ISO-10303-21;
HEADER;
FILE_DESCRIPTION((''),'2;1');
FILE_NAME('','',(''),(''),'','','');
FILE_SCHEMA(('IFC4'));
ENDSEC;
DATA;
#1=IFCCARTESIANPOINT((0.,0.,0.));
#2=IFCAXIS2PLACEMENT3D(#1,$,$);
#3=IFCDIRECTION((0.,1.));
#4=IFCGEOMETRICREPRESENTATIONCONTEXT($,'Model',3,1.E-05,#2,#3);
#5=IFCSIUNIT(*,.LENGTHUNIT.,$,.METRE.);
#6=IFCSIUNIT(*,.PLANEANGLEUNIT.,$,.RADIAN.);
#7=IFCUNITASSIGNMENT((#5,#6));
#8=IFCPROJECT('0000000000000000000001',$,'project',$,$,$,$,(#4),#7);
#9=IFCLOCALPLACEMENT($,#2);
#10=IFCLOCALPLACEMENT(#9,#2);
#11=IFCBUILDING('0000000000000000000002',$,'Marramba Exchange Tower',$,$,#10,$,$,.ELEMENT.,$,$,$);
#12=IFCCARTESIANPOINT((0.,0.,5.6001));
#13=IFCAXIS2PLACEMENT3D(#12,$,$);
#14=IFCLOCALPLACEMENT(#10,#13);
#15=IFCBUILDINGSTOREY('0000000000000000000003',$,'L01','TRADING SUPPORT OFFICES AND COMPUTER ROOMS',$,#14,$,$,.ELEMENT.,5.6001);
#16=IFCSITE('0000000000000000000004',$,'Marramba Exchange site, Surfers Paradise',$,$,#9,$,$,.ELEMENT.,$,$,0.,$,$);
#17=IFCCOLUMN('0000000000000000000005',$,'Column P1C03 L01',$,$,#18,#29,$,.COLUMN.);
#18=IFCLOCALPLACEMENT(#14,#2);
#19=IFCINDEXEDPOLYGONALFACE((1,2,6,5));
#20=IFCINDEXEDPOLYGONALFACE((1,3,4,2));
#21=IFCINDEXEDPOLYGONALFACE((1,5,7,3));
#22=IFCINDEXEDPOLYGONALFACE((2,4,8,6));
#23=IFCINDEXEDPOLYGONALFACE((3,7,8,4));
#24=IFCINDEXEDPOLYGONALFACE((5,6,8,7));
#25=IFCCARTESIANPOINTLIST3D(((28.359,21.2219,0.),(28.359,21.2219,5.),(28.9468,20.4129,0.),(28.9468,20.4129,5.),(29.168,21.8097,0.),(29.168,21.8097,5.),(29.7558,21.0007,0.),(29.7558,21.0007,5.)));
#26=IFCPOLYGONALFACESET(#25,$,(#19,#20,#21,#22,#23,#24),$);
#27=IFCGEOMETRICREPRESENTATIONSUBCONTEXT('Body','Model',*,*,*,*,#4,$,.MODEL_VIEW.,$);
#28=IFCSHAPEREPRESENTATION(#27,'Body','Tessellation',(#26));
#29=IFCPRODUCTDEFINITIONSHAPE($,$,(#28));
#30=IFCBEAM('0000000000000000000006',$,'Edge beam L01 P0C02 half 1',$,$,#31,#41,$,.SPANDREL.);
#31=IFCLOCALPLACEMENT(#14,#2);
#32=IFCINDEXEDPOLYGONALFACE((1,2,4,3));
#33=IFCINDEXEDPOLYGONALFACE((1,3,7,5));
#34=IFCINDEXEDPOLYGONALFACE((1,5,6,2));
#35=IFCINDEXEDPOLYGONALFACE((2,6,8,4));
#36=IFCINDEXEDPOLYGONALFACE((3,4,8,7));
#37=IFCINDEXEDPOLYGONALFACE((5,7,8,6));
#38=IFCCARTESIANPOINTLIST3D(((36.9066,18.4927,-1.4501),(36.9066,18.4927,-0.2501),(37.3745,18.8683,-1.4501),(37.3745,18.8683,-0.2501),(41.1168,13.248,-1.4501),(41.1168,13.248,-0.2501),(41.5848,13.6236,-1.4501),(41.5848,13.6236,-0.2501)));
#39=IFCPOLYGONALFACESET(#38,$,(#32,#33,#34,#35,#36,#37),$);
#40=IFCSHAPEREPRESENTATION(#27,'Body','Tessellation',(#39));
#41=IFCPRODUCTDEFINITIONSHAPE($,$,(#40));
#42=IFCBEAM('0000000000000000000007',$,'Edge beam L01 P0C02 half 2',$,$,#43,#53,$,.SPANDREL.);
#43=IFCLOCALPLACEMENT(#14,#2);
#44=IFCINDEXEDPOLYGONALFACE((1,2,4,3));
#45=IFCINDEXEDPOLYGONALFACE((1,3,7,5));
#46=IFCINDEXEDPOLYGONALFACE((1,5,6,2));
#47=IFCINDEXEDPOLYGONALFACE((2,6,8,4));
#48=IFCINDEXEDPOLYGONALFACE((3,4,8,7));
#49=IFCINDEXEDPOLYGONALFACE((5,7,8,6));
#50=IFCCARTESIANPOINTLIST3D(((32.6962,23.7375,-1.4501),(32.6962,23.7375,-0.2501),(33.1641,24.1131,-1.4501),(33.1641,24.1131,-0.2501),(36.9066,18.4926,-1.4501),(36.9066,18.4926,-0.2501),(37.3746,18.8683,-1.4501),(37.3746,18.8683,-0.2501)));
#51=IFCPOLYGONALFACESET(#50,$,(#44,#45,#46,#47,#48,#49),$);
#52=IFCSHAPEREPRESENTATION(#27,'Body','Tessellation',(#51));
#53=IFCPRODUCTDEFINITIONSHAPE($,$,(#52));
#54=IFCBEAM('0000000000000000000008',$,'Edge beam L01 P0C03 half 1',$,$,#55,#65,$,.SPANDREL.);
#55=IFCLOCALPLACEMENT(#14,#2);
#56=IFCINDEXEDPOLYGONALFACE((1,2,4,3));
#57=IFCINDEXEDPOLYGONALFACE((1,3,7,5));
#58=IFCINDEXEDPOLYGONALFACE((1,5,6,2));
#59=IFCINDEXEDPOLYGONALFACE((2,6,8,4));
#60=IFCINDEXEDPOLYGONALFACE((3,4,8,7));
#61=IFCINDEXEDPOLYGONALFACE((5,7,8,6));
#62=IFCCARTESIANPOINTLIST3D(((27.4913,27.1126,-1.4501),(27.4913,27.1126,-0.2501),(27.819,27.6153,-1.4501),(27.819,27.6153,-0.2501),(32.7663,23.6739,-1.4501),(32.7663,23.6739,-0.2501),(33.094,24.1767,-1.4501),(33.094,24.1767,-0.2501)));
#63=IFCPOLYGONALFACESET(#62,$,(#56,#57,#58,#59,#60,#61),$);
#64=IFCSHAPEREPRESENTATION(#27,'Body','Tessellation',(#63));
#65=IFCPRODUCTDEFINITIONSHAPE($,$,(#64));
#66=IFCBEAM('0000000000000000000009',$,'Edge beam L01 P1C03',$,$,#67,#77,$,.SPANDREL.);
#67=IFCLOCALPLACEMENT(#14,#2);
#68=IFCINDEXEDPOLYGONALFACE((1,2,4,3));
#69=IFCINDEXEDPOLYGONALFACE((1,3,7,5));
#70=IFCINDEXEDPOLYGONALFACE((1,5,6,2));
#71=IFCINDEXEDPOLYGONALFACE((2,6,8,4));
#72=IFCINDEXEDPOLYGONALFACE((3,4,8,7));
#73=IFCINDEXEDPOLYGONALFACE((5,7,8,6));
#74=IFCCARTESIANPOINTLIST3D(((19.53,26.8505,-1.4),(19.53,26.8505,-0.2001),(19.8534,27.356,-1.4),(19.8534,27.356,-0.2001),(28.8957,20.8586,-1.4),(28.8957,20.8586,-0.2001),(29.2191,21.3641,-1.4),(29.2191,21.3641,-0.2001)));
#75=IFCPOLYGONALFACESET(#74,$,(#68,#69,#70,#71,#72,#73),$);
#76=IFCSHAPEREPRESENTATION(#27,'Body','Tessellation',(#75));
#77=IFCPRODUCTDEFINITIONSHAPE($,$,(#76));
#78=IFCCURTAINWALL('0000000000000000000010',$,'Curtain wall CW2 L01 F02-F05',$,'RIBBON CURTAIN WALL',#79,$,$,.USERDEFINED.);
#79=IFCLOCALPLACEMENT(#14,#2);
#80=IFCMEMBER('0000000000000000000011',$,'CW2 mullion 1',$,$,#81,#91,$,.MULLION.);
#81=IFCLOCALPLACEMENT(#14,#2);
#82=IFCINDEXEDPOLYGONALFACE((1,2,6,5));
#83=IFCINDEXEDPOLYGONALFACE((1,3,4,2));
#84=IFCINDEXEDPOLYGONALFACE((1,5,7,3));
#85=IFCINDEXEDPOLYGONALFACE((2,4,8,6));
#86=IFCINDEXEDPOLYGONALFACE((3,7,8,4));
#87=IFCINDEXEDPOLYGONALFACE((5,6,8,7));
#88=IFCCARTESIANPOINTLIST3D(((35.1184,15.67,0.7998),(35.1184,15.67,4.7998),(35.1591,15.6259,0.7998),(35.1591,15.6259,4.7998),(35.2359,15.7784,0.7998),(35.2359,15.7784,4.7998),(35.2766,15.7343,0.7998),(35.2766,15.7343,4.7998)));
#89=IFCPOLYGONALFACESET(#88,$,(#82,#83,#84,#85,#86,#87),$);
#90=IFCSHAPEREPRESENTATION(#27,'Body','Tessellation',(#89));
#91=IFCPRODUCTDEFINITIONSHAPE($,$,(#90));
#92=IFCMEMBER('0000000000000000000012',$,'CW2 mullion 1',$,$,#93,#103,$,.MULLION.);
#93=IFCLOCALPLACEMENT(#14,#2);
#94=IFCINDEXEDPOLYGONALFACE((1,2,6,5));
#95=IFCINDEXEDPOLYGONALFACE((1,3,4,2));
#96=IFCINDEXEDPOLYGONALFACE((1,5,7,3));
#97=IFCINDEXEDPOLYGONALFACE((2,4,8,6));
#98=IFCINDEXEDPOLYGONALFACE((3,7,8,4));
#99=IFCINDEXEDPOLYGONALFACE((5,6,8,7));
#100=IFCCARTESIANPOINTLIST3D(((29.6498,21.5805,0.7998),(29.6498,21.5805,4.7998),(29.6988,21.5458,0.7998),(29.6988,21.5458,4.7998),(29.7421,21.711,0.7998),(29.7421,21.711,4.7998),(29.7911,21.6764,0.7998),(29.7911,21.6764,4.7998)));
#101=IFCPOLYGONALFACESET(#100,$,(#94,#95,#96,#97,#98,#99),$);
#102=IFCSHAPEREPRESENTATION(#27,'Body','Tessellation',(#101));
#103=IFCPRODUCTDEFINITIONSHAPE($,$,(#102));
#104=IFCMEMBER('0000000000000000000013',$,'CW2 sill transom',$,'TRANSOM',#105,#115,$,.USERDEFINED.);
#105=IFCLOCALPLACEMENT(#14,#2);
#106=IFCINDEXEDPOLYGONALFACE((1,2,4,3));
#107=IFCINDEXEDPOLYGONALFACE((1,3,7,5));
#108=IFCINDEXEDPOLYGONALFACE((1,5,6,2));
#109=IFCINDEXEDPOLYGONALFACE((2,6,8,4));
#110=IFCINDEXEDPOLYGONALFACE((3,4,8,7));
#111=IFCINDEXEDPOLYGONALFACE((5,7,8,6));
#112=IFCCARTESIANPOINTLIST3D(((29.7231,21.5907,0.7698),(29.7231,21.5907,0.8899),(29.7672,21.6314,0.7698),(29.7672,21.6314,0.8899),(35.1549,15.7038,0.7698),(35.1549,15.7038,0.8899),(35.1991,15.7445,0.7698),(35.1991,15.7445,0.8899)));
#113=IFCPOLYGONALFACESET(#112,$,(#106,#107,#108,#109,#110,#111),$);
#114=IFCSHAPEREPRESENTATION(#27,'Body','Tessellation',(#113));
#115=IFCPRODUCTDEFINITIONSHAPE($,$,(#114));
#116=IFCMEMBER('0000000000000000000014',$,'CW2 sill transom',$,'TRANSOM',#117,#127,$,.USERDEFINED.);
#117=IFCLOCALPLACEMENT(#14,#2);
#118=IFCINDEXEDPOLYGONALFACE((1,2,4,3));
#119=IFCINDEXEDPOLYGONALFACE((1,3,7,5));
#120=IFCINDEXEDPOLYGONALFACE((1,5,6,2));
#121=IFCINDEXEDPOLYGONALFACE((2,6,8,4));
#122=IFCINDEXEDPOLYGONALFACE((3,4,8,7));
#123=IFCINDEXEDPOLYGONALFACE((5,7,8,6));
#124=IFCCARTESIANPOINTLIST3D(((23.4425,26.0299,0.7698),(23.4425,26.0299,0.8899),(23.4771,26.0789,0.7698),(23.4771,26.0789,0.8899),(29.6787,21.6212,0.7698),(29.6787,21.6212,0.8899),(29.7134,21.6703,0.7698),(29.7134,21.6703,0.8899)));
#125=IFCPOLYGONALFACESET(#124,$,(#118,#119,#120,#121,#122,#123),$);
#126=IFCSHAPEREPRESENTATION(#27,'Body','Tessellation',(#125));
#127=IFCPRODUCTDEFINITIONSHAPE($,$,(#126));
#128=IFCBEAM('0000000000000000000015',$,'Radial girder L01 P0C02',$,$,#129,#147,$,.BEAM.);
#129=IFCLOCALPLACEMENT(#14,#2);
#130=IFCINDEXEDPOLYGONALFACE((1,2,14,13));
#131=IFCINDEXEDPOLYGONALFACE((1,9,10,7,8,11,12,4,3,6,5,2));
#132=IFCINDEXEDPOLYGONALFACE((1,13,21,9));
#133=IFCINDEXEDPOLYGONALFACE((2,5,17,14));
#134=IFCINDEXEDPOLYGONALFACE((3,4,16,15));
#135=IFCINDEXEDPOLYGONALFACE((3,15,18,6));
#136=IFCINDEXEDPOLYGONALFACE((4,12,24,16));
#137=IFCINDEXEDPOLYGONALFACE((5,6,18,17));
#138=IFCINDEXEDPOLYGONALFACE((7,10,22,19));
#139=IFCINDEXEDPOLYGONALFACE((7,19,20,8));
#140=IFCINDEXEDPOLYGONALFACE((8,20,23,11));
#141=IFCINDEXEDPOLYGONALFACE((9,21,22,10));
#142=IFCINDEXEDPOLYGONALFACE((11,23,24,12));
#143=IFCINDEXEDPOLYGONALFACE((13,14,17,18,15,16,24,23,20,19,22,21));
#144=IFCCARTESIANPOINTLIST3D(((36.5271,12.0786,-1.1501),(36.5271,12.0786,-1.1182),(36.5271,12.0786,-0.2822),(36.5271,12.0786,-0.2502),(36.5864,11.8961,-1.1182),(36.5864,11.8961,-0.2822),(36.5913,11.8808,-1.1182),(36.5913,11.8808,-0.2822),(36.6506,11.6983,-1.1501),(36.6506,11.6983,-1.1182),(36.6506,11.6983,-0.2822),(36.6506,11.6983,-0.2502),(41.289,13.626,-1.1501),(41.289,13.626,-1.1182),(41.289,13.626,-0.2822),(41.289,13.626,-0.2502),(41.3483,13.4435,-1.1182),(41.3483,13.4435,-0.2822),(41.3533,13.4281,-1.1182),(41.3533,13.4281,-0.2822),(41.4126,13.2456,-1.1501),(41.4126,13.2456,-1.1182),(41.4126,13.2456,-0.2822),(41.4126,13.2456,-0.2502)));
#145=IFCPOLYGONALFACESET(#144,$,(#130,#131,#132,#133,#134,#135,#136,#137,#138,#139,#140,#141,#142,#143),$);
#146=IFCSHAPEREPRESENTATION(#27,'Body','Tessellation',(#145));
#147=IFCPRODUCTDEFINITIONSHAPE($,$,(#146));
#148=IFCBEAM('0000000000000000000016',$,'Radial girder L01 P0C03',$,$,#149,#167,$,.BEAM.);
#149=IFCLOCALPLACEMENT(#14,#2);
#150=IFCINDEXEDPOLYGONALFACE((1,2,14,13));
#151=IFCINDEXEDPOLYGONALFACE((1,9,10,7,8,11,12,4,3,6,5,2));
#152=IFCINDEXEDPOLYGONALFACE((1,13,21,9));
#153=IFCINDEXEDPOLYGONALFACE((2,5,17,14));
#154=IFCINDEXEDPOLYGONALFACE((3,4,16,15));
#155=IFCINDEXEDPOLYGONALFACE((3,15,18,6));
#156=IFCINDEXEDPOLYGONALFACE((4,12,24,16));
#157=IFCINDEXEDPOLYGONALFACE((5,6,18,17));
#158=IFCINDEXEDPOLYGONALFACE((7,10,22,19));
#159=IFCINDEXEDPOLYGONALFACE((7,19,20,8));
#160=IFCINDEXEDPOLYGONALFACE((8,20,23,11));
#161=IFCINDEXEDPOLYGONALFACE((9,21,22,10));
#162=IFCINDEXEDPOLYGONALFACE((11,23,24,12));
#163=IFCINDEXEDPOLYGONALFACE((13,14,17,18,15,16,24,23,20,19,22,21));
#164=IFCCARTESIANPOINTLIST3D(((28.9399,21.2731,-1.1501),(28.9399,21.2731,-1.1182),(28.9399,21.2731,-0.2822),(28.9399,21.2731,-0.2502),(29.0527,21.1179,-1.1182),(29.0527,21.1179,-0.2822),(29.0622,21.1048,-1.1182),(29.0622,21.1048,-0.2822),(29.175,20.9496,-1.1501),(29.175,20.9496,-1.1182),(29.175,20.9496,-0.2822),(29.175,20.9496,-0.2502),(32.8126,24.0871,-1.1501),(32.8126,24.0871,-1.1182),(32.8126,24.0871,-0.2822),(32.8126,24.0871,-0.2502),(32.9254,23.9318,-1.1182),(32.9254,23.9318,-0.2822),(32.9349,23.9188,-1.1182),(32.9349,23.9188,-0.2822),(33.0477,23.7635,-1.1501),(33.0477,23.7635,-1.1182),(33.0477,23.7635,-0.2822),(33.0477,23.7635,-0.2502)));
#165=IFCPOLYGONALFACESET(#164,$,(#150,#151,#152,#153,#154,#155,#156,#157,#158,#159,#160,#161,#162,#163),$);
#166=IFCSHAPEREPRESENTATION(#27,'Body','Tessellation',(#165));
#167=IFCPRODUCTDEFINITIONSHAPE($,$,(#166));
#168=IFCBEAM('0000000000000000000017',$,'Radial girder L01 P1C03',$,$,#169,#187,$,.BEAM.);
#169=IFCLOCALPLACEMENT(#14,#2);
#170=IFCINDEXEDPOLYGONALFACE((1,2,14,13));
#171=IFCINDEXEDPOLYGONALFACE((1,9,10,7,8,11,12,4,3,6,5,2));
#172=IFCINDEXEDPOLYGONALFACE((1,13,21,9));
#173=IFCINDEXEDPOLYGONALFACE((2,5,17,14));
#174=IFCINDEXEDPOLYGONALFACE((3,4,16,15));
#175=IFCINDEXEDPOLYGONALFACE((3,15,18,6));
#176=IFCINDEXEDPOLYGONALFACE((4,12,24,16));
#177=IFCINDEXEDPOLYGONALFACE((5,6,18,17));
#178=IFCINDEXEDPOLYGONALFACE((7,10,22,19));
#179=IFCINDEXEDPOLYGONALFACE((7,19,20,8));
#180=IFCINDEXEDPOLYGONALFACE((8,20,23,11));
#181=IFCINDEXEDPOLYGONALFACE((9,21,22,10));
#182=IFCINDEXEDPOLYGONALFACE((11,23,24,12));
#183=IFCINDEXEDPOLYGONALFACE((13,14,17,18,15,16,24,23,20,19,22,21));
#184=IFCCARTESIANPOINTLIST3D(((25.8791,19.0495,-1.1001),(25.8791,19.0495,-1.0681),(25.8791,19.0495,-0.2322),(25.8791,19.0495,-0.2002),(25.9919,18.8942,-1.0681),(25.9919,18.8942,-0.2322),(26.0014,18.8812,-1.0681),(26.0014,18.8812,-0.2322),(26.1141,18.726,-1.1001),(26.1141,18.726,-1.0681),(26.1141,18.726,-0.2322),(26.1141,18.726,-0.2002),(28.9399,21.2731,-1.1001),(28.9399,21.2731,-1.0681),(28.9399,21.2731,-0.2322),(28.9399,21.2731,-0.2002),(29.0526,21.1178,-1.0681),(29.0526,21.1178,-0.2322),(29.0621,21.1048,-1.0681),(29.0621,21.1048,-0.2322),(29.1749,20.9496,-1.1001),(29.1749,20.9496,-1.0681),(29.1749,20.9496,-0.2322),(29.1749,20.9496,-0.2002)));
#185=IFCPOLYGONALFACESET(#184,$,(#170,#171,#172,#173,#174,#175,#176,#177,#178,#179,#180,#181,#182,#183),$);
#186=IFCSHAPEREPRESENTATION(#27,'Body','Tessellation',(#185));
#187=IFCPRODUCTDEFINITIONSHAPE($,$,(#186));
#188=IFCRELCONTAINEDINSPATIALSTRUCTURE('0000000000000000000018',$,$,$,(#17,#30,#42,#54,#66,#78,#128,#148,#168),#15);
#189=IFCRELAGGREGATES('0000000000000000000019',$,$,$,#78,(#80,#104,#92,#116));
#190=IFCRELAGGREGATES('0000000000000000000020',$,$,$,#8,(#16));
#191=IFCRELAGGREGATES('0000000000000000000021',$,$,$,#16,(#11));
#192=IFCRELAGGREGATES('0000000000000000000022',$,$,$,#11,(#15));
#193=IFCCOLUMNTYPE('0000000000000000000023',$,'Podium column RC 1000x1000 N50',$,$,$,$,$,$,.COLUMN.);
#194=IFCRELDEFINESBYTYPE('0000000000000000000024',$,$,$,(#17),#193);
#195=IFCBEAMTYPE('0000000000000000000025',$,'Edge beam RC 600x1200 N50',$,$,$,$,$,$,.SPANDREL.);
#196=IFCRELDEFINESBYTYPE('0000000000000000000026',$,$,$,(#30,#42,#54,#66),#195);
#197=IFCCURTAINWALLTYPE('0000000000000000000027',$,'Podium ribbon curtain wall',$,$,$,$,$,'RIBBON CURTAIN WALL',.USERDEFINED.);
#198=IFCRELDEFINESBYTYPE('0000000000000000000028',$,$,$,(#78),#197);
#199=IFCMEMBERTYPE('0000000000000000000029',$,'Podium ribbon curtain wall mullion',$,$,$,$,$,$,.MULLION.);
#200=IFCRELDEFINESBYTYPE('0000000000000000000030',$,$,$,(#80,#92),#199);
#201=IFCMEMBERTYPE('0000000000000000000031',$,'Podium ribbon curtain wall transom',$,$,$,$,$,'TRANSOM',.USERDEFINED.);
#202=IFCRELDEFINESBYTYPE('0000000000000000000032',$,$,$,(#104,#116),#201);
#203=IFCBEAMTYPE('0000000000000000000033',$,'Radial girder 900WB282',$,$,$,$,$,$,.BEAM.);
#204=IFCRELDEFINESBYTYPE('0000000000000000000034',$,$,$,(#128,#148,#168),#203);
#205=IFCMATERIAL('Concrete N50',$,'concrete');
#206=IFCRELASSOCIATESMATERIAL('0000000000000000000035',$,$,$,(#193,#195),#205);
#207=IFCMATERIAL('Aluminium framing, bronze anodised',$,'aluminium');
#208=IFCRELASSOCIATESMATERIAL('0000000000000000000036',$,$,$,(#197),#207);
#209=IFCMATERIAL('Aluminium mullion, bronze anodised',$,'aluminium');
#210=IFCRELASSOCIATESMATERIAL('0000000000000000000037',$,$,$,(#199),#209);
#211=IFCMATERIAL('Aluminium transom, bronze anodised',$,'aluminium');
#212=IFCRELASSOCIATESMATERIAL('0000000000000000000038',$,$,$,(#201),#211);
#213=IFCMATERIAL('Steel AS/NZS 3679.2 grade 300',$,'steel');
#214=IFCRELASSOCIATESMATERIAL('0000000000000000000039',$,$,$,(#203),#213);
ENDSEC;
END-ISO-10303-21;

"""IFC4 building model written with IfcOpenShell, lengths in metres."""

from ifc_helpers import new_model, si_unit, direction, frame, origin, origin_2d, place, context, subcontext, project, spatial, rectangle, i_section, extrude, material, material_profile, profile_set, type_object, element, aggregate, save


model = new_model("IFC4")

# Units and contexts
model_context = context("Model", 3, precision=1e-05, world=origin(), true_north=direction((0.0, 1.0)))
body_context = subcontext(model_context, "Body", "Model", "MODEL_VIEW")
ifc_project = project(units=[si_unit("LENGTHUNIT", "METRE"), si_unit("PLANEANGLEUNIT", "RADIAN")], contexts=[model_context])

# Site, building, storey
site_placement = place(None, origin())
site = spatial("IfcSite", under=ifc_project, at=site_placement, Name="Marramba Exchange site, Surfers Paradise", CompositionType="ELEMENT", RefElevation=0.0)
building_placement = place(site_placement, origin())
building = spatial("IfcBuilding", under=site, at=building_placement, Name="Marramba Exchange Tower", CompositionType="ELEMENT")
storey_placement = place(building_placement, frame((0.0, 0.0, 5.6001)))
storey = spatial("IfcBuildingStorey", under=building, at=storey_placement, Name="L01", Description="TRADING SUPPORT OFFICES AND COMPUTER ROOMS", CompositionType="ELEMENT", Elevation=5.6001)

# Column
ifc_material_1 = material(Name="Concrete N50", Category="concrete")
ifc_material_profile_1 = material_profile(ifc_material_1, rectangle(XDim=1.0, YDim=1.0, at=origin_2d()), Name="RC 1000x1000")
ifc_profile_set_1 = profile_set([ifc_material_profile_1], Name="Concrete N50")
column_type = type_object("IfcColumnType", Name="Podium column RC 1000x1000 N50", PredefinedType="COLUMN", material=ifc_profile_set_1)
column_placement = place(storey_placement, frame((29.0574, 21.1113, 0.0), z_axis=(0.0, 0.0, 1.0), x_axis=(0.809017, 0.587785, 0.0)))
element("IfcColumn", 1, at=column_placement, inside=storey, type_object=column_type, Name="Column P1C03 L01", PredefinedType="COLUMN", context=body_context, shape_type="SweptSolid", body=[
    extrude(rectangle(XDim=1.0, YDim=1.0, at=origin_2d()), origin(), (0.0, 0.0, 1.0), 5.0),
])

# Beams
ifc_material_profile_2 = material_profile(ifc_material_1, rectangle(XDim=0.6001, YDim=1.2, at=origin_2d()), Name="RC 600x1200")
ifc_profile_set_2 = profile_set([ifc_material_profile_2], Name="Concrete N50")
beam_type_1 = type_object("IfcBeamType", Name="Edge beam RC 600x1200 N50", PredefinedType="SPANDREL", material=ifc_profile_set_2)
beam_1_placement = place(storey_placement, frame((41.3508, 13.4358, -0.8501), z_axis=(-0.626009, 0.779816, 0.0), x_axis=(-0.779816, -0.626009, 0.0)))
element("IfcBeam", 2, at=beam_1_placement, inside=storey, type_object=beam_type_1, Name="Edge beam L01 P0C02 half 1", PredefinedType="SPANDREL", context=body_context, shape_type="SweptSolid", body=[
    extrude(rectangle(XDim=0.6001, YDim=1.2, at=origin_2d()), origin(), (0.0, 0.0, 1.0), 6.7256),
])
beam_2_placement = place(storey_placement, frame((37.1406, 18.6804, -0.8501), z_axis=(-0.626013, 0.779812, 0.0), x_axis=(-0.779812, -0.626013, 0.0)))
element("IfcBeam", 3, at=beam_2_placement, inside=storey, type_object=beam_type_1, Name="Edge beam L01 P0C02 half 2", PredefinedType="SPANDREL", context=body_context, shape_type="SweptSolid", body=[
    extrude(rectangle(XDim=0.6001, YDim=1.2, at=origin_2d()), origin(), (0.0, 0.0, 1.0), 6.7258),
])
beam_3_placement = place(storey_placement, frame((32.9302, 23.9253, -0.8501), z_axis=(-0.837726, 0.54609, 0.0), x_axis=(-0.54609, -0.837726, 0.0)))
element("IfcBeam", 4, at=beam_3_placement, inside=storey, type_object=beam_type_1, Name="Edge beam L01 P0C03 half 1", PredefinedType="SPANDREL", context=body_context, shape_type="SweptSolid", body=[
    extrude(rectangle(XDim=0.6001, YDim=1.2, at=origin_2d()), origin(), (0.0, 0.0, 1.0), 6.2969),
])
beam_4_placement = place(storey_placement, frame((29.0574, 21.1113, -0.8), z_axis=(-0.842358, 0.538918, 0.0), x_axis=(-0.538918, -0.842358, 0.0)))
element("IfcBeam", 5, at=beam_4_placement, inside=storey, type_object=beam_type_1, Name="Edge beam L01 P1C03", PredefinedType="SPANDREL", context=body_context, shape_type="SweptSolid", body=[
    extrude(rectangle(XDim=0.6001, YDim=1.2, at=origin_2d()), origin(), (0.0, 0.0, 1.0), 11.1184),
])

# Curtain wall, members
ifc_material_2 = material(Name="Aluminium framing, bronze anodised", Category="aluminium")
curtain_wall_type = type_object("IfcCurtainWallType", Name="Podium ribbon curtain wall", ElementType="RIBBON CURTAIN WALL", PredefinedType="USERDEFINED", material=ifc_material_2)
curtain_wall_placement = place(storey_placement, origin())
curtain_wall = element("IfcCurtainWall", 6, at=curtain_wall_placement, inside=storey, type_object=curtain_wall_type, Name="Curtain wall CW2 L01 F02-F05", ObjectType="RIBBON CURTAIN WALL", PredefinedType="USERDEFINED")
ifc_material_3 = material(Name="Aluminium mullion, bronze anodised", Category="aluminium")
ifc_material_profile_3 = material_profile(ifc_material_3, rectangle(XDim=0.1599, YDim=0.0601, at=origin_2d()), Name="CW2 mullion 60x160")
ifc_profile_set_3 = profile_set([ifc_material_profile_3], Name="Aluminium mullion, bronze anodised")
member_type_1 = type_object("IfcMemberType", Name="Podium ribbon curtain wall mullion", PredefinedType="MULLION", material=ifc_profile_set_3)
member_1_placement = place(storey_placement, frame((35.1975, 15.7021, 0.7998), z_axis=(0.0, 0.0, 1.0), x_axis=(-0.734926, -0.678147, 0.0)))
member_1 = element("IfcMember", 7, at=member_1_placement, type_object=member_type_1, Name="CW2 mullion 1", PredefinedType="MULLION", context=body_context, shape_type="SweptSolid", body=[
    extrude(rectangle(XDim=0.1599, YDim=0.0601, at=origin_2d()), origin(), (0.0, 0.0, 1.0), 4.0),
])
member_2_placement = place(storey_placement, frame((29.7205, 21.6284, 0.7998), z_axis=(0.0, 0.0, 1.0), x_axis=(-0.577271, -0.816553, 0.0)))
member_2 = element("IfcMember", 8, at=member_2_placement, type_object=member_type_1, Name="CW2 mullion 1", PredefinedType="MULLION", context=body_context, shape_type="SweptSolid", body=[
    extrude(rectangle(XDim=0.1599, YDim=0.0601, at=origin_2d()), origin(), (0.0, 0.0, 1.0), 4.0),
])
ifc_material_4 = material(Name="Aluminium transom, bronze anodised", Category="aluminium")
ifc_material_profile_4 = material_profile(ifc_material_4, rectangle(XDim=0.0601, YDim=0.1201, at=origin_2d()), Name="CW2 transom 60x120")
ifc_profile_set_4 = profile_set([ifc_material_profile_4], Name="Aluminium transom, bronze anodised")
member_type_2 = type_object("IfcMemberType", Name="Podium ribbon curtain wall transom", ElementType="TRANSOM", PredefinedType="USERDEFINED", material=ifc_profile_set_4)
member_3_placement = place(storey_placement, frame((35.177, 15.7241, 0.8298), z_axis=(-0.678129, 0.734942, 0.0), x_axis=(-0.734942, -0.678129, 0.0)))
member_3 = element("IfcMember", 9, at=member_3_placement, type_object=member_type_2, Name="CW2 sill transom", ObjectType="TRANSOM", PredefinedType="USERDEFINED", context=body_context, shape_type="SweptSolid", body=[
    extrude(rectangle(XDim=0.0601, YDim=0.1201, at=origin_2d()), origin(), (0.0, 0.0, 1.0), 8.01),
])
member_4_placement = place(storey_placement, frame((29.696, 21.6458, 0.8298), z_axis=(-0.816562, 0.577258, 0.0), x_axis=(-0.577258, -0.816562, 0.0)))
member_4 = element("IfcMember", 10, at=member_4_placement, type_object=member_type_2, Name="CW2 sill transom", ObjectType="TRANSOM", PredefinedType="USERDEFINED", context=body_context, shape_type="SweptSolid", body=[
    extrude(rectangle(XDim=0.0601, YDim=0.1201, at=origin_2d()), origin(), (0.0, 0.0, 1.0), 7.6372),
])

# Beams
ifc_material_5 = material(Name="Steel AS/NZS 3679.2 grade 300", Category="steel")
ifc_material_profile_5 = material_profile(ifc_material_5, i_section(OverallWidth=0.3999, OverallDepth=0.8999, WebThickness=0.0161, FlangeThickness=0.032, at=origin_2d()), Name="900WB282")
ifc_profile_set_5 = profile_set([ifc_material_profile_5], Name="Steel AS/NZS 3679.2 grade 300")
beam_type_2 = type_object("IfcBeamType", Name="Radial girder 900WB282", PredefinedType="BEAM", material=ifc_profile_set_5)
beam_5_placement = place(storey_placement, frame((41.3508, 13.4358, -0.7002), z_axis=(-0.95105, -0.309036, 0.0), x_axis=(0.309036, -0.95105, 0.0)))
element("IfcBeam", 11, at=beam_5_placement, inside=storey, type_object=beam_type_2, Name="Radial girder L01 P0C02", PredefinedType="BEAM", context=body_context, shape_type="SweptSolid", body=[
    extrude(i_section(OverallWidth=0.3999, OverallDepth=0.8999, WebThickness=0.0161, FlangeThickness=0.032, at=origin_2d()), origin(), (0.0, 0.0, 1.0), 5.0071),
])
beam_6_placement = place(storey_placement, frame((32.9302, 23.9253, -0.7002), z_axis=(-0.808996, -0.587814, 0.0), x_axis=(0.587814, -0.808996, 0.0)))
element("IfcBeam", 12, at=beam_6_placement, inside=storey, type_object=beam_type_2, Name="Radial girder L01 P0C03", PredefinedType="BEAM", context=body_context, shape_type="SweptSolid", body=[
    extrude(i_section(OverallWidth=0.3999, OverallDepth=0.8999, WebThickness=0.0161, FlangeThickness=0.032, at=origin_2d()), origin(), (0.0, 0.0, 1.0), 4.7871),
])
beam_7_placement = place(storey_placement, frame((29.0574, 21.1113, -0.6501), z_axis=(-0.809037, -0.587757, 0.0), x_axis=(0.587757, -0.809037, 0.0)))
element("IfcBeam", 13, at=beam_7_placement, inside=storey, type_object=beam_type_2, Name="Radial girder L01 P1C03", PredefinedType="BEAM", context=body_context, shape_type="SweptSolid", body=[
    extrude(i_section(OverallWidth=0.3999, OverallDepth=0.8999, WebThickness=0.0161, FlangeThickness=0.032, at=origin_2d()), origin(), (0.0, 0.0, 1.0), 3.7832),
])

aggregate(curtain_wall, [member_1, member_3, member_2, member_4])

save(model, "model.ifc")
